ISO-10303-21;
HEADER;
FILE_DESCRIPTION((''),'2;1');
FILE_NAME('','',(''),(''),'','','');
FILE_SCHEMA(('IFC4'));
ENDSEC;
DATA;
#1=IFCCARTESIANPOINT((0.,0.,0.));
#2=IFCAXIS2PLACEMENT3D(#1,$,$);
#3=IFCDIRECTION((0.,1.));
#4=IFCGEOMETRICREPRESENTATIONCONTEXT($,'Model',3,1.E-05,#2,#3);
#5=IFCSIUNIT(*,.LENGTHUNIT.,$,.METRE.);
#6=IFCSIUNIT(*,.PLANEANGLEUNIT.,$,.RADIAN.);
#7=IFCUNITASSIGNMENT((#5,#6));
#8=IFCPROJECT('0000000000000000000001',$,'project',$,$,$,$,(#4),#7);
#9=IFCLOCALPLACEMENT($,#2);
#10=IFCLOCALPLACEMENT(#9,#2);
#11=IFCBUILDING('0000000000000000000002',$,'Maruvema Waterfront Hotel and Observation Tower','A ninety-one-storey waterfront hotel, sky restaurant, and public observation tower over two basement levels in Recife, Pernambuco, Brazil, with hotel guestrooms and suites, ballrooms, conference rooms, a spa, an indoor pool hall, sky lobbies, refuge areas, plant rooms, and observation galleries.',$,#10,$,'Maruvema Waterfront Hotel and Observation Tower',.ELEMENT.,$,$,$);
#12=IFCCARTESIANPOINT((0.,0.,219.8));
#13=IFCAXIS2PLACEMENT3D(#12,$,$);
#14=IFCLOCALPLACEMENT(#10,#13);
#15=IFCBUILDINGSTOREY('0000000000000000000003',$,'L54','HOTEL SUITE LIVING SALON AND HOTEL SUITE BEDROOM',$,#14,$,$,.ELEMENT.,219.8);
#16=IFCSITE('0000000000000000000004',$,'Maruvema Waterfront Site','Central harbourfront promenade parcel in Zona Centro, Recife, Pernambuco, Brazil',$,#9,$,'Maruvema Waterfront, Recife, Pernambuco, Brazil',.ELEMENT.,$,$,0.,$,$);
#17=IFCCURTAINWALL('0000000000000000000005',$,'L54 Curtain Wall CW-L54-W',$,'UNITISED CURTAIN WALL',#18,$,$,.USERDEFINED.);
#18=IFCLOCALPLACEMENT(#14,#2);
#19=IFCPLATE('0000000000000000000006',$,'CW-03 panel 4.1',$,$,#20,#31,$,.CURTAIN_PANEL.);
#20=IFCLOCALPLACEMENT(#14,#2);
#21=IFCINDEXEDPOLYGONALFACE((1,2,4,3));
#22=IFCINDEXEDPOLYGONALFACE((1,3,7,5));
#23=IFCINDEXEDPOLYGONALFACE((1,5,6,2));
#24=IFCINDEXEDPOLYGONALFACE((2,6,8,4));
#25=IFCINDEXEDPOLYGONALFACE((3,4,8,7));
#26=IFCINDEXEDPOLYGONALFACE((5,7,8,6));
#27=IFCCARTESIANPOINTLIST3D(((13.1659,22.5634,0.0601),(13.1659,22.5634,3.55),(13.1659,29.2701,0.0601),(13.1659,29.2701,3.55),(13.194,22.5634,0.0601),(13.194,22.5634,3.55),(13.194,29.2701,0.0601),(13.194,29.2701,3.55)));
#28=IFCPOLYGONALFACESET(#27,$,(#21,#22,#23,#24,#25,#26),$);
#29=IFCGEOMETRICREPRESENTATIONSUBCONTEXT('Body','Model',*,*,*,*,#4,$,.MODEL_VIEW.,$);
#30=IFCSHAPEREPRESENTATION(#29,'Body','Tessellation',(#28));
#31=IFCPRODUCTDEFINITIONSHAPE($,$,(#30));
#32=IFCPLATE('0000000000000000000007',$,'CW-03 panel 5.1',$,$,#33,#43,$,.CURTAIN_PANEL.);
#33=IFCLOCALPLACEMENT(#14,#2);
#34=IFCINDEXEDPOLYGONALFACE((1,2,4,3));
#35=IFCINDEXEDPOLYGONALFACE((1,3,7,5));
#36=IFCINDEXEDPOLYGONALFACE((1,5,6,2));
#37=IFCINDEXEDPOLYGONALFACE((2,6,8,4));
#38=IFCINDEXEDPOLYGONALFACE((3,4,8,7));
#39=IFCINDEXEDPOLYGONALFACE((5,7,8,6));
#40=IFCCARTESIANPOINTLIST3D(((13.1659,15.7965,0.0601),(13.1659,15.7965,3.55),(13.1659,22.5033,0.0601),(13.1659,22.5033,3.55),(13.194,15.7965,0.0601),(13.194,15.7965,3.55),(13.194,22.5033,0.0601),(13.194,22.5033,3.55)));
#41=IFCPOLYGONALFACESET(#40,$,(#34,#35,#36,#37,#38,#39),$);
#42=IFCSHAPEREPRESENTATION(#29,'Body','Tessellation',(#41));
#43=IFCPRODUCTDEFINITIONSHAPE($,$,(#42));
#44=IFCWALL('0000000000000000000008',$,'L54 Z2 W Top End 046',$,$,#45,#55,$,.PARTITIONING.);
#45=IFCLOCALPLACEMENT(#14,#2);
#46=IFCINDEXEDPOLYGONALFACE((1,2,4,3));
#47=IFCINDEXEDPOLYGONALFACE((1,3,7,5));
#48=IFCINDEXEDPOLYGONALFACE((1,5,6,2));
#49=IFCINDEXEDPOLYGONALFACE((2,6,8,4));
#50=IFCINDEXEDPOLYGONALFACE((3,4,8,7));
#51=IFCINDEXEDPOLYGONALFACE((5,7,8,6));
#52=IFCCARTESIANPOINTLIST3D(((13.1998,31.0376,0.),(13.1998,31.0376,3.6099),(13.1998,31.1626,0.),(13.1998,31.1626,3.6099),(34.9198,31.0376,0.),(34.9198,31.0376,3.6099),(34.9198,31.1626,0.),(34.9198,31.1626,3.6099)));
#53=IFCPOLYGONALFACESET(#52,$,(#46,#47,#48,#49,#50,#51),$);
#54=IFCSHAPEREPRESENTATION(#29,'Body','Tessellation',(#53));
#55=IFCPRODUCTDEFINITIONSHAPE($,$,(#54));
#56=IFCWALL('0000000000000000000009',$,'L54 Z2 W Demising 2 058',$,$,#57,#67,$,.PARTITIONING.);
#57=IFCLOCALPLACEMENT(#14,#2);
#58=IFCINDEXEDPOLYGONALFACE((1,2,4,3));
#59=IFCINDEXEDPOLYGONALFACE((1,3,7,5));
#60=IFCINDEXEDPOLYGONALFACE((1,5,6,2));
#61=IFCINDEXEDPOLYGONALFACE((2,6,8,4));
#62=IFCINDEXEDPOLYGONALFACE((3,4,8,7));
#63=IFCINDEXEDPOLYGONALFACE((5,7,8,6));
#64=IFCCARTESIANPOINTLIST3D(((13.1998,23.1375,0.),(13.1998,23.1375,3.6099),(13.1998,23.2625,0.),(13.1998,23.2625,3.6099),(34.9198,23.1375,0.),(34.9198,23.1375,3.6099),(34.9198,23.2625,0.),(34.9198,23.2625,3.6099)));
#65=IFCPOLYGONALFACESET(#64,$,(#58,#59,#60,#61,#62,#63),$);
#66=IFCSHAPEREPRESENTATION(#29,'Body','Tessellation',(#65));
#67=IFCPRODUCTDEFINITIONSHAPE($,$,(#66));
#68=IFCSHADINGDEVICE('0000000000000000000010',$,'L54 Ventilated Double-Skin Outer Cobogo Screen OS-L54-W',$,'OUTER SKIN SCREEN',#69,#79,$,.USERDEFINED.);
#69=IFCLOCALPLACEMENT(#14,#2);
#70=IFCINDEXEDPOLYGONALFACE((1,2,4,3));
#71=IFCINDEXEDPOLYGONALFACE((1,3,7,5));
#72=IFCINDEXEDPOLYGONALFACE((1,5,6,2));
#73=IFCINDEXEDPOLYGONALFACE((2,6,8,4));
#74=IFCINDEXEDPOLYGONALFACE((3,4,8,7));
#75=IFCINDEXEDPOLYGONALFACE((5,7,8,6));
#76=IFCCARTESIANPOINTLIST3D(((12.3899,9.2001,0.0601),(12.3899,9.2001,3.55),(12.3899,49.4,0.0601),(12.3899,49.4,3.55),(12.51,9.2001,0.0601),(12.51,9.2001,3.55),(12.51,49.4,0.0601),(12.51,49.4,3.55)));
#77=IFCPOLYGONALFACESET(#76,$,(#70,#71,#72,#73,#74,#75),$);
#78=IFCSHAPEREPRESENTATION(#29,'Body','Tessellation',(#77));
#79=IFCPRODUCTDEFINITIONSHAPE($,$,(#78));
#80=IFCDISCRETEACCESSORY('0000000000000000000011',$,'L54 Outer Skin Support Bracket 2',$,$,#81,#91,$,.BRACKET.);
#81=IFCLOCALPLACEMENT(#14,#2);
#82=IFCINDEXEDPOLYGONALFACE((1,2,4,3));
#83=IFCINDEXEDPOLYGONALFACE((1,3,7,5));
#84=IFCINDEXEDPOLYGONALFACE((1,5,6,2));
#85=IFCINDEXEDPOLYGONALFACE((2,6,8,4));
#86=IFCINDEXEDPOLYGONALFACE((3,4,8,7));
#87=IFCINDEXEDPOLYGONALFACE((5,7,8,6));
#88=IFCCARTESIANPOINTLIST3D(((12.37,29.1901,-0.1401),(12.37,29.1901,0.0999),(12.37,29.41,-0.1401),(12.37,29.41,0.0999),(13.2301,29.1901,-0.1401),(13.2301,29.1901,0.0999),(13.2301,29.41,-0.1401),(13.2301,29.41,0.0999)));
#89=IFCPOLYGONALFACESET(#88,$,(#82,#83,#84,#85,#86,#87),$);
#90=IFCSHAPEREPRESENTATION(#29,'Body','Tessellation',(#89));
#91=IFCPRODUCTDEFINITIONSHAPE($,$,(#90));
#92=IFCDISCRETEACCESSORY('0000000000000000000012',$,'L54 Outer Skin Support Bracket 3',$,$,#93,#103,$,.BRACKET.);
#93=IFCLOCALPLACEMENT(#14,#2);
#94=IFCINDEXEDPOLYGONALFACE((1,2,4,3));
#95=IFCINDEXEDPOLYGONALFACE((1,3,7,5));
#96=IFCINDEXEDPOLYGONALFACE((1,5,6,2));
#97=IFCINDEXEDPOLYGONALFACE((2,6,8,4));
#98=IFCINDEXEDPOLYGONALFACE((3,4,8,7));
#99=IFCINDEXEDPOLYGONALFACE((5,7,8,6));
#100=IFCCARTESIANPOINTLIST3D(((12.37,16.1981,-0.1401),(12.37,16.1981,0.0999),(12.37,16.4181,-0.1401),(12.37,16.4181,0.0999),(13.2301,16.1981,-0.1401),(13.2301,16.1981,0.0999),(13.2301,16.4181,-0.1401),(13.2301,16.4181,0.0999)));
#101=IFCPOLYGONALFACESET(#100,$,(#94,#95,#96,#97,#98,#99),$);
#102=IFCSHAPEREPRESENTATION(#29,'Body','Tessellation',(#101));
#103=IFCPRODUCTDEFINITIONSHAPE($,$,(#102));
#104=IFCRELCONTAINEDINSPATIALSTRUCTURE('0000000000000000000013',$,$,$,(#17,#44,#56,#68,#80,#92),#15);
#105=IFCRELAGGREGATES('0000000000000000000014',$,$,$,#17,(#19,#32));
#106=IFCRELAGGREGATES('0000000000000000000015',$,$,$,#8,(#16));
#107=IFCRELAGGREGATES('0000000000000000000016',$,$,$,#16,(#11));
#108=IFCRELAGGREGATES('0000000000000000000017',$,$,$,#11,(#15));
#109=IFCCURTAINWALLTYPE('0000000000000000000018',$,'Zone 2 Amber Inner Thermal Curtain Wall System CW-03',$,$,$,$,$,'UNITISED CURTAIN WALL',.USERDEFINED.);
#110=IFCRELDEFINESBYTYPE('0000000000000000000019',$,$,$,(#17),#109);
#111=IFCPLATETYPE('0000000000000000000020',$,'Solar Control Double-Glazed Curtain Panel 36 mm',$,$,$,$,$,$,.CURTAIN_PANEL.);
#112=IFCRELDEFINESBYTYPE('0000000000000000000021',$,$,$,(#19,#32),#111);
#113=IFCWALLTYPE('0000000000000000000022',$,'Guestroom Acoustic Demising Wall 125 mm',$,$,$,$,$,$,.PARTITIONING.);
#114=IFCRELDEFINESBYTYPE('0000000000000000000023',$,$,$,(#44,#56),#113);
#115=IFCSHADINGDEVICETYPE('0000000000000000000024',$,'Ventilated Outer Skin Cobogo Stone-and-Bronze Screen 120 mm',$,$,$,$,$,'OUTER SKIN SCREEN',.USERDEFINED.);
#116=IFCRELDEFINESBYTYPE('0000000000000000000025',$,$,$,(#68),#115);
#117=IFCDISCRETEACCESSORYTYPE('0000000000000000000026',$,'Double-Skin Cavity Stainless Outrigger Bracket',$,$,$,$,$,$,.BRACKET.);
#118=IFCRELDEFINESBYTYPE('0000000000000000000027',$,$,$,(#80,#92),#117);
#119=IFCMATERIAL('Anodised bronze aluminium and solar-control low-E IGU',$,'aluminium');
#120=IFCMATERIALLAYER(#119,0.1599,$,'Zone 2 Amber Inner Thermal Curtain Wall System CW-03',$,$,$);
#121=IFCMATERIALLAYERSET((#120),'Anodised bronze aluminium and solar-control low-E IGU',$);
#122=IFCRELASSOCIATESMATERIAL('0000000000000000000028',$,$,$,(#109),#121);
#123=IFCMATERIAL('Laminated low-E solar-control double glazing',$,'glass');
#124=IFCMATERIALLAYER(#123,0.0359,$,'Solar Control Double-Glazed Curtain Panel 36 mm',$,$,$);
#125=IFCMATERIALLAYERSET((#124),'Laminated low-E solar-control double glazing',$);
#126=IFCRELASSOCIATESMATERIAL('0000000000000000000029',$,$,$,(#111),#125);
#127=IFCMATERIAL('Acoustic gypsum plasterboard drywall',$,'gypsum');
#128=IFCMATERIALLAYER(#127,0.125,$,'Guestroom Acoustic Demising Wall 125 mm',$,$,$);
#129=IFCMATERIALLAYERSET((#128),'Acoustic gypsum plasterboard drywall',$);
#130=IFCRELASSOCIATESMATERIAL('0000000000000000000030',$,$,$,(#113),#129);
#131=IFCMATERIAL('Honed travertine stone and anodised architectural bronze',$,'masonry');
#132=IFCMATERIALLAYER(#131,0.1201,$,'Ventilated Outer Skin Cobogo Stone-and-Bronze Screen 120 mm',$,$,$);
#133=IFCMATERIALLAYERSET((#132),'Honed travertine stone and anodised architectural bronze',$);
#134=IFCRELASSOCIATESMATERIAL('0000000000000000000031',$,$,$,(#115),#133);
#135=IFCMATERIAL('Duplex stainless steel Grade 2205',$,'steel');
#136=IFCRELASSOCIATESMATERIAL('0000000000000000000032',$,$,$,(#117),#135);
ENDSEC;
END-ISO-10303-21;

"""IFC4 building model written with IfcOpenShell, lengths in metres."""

from ifc_helpers import new_model, si_unit, direction, frame, frame_2d, origin, origin_2d, place, context, subcontext, project, spatial, rectangle, extrude, material, layer, layer_set, type_object, element, aggregate, save


model = new_model("IFC4")

# Units and contexts
model_context = context("Model", 3, precision=1e-05, world=origin(), true_north=direction((0.0, 1.0)))
body_context = subcontext(model_context, "Body", "Model", "MODEL_VIEW")
ifc_project = project(units=[si_unit("LENGTHUNIT", "METRE"), si_unit("PLANEANGLEUNIT", "RADIAN")], contexts=[model_context])

# Site, building, storey
site_placement = place(None, origin())
site = spatial("IfcSite", under=ifc_project, at=site_placement, Name="Maruvema Waterfront Site", Description="Central harbourfront promenade parcel in Zona Centro, Recife, Pernambuco, Brazil", LongName="Maruvema Waterfront, Recife, Pernambuco, Brazil", CompositionType="ELEMENT", RefElevation=0.0)
building_placement = place(site_placement, origin())
building = spatial("IfcBuilding", under=site, at=building_placement, Name="Maruvema Waterfront Hotel and Observation Tower", Description="A ninety-one-storey waterfront hotel, sky restaurant, and public observation tower over two basement levels in Recife, Pernambuco, Brazil, with hotel guestrooms and suites, ballrooms, conference rooms, a spa, an indoor pool hall, sky lobbies, refuge areas, plant rooms, and observation galleries.", LongName="Maruvema Waterfront Hotel and Observation Tower", CompositionType="ELEMENT")
storey_placement = place(building_placement, frame((0.0, 0.0, 219.8)))
storey = spatial("IfcBuildingStorey", under=building, at=storey_placement, Name="L54", Description="HOTEL SUITE LIVING SALON AND HOTEL SUITE BEDROOM", CompositionType="ELEMENT", Elevation=219.8)

# Curtain wall
ifc_material_1 = material(Name="Anodised bronze aluminium and solar-control low-E IGU", Category="aluminium")
ifc_layer_1 = layer(ifc_material_1, 0.1599, Name="Zone 2 Amber Inner Thermal Curtain Wall System CW-03")
ifc_layer_set_1 = layer_set([ifc_layer_1], Name="Anodised bronze aluminium and solar-control low-E IGU")
curtain_wall_type = type_object("IfcCurtainWallType", Name="Zone 2 Amber Inner Thermal Curtain Wall System CW-03", ElementType="UNITISED CURTAIN WALL", PredefinedType="USERDEFINED", material=ifc_layer_set_1)
curtain_wall_placement = place(storey_placement, origin())
curtain_wall = element("IfcCurtainWall", 1, at=curtain_wall_placement, inside=storey, type_object=curtain_wall_type, Name="L54 Curtain Wall CW-L54-W", ObjectType="UNITISED CURTAIN WALL", PredefinedType="USERDEFINED")

# Plates
ifc_material_2 = material(Name="Laminated low-E solar-control double glazing", Category="glass")
ifc_layer_2 = layer(ifc_material_2, 0.0359, Name="Solar Control Double-Glazed Curtain Panel 36 mm")
ifc_layer_set_2 = layer_set([ifc_layer_2], Name="Laminated low-E solar-control double glazing")
plate_type = type_object("IfcPlateType", Name="Solar Control Double-Glazed Curtain Panel 36 mm", PredefinedType="CURTAIN_PANEL", material=ifc_layer_set_2)
plate_1_placement = place(storey_placement, frame((13.1799, 25.9167, 0.0601), z_axis=(0.0, 0.0, 1.0), x_axis=(0.0, -1.0, 0.0)))
plate_1 = element("IfcPlate", 2, at=plate_1_placement, type_object=plate_type, Name="CW-03 panel 4.1", PredefinedType="CURTAIN_PANEL", context=body_context, shape_type="SweptSolid", body=[
    extrude(rectangle(XDim=6.7068, YDim=0.0281, at=origin_2d()), origin(), (0.0, 0.0, 1.0), 3.49),
])
plate_2_placement = place(storey_placement, frame((13.1799, 19.1499, 0.0601), z_axis=(0.0, 0.0, 1.0), x_axis=(0.0, -1.0, 0.0)))
plate_2 = element("IfcPlate", 3, at=plate_2_placement, type_object=plate_type, Name="CW-03 panel 5.1", PredefinedType="CURTAIN_PANEL", context=body_context, shape_type="SweptSolid", body=[
    extrude(rectangle(XDim=6.7068, YDim=0.0281, at=origin_2d()), origin(), (0.0, 0.0, 1.0), 3.49),
])
aggregate(curtain_wall, [plate_1, plate_2])

# Walls
ifc_material_3 = material(Name="Acoustic gypsum plasterboard drywall", Category="gypsum")
ifc_layer_3 = layer(ifc_material_3, 0.125, Name="Guestroom Acoustic Demising Wall 125 mm")
ifc_layer_set_3 = layer_set([ifc_layer_3], Name="Acoustic gypsum plasterboard drywall")
wall_type = type_object("IfcWallType", Name="Guestroom Acoustic Demising Wall 125 mm", PredefinedType="PARTITIONING", material=ifc_layer_set_3)
for number, where, z_axis, x_axis, name in (
    (4, (13.2, 31.1001, 0.0), (0.0, 0.0, 1.0), (1.0, 0.0, 0.0), "L54 Z2 W Top End 046"),
    (5, (13.2, 23.2, 0.0), (0.0, 0.0, 1.0), (1.0, 0.0, 0.0), "L54 Z2 W Demising 2 058"),
):
    element("IfcWall", number, at=place(storey_placement, frame(where, z_axis=z_axis, x_axis=x_axis)), inside=storey, type_object=wall_type, Name=name, PredefinedType="PARTITIONING", context=body_context, shape_type="SweptSolid", body=[
        extrude(rectangle(XDim=21.72, YDim=0.125, at=frame_2d((10.8599, 0.0))), origin(), (0.0, 0.0, 1.0), 3.6099),
    ])

# Shading device
ifc_material_4 = material(Name="Honed travertine stone and anodised architectural bronze", Category="masonry")
ifc_layer_4 = layer(ifc_material_4, 0.1201, Name="Ventilated Outer Skin Cobogo Stone-and-Bronze Screen 120 mm")
ifc_layer_set_4 = layer_set([ifc_layer_4], Name="Honed travertine stone and anodised architectural bronze")
shading_device_type = type_object("IfcShadingDeviceType", Name="Ventilated Outer Skin Cobogo Stone-and-Bronze Screen 120 mm", ElementType="OUTER SKIN SCREEN", PredefinedType="USERDEFINED", material=ifc_layer_set_4)
shading_device_placement = place(storey_placement, frame((12.45, 29.3, 0.0601), z_axis=(0.0, 0.0, 1.0), x_axis=(0.0, -1.0, 0.0)))
element("IfcShadingDevice", 6, at=shading_device_placement, inside=storey, type_object=shading_device_type, Name="L54 Ventilated Double-Skin Outer Cobogo Screen OS-L54-W", ObjectType="OUTER SKIN SCREEN", PredefinedType="USERDEFINED", context=body_context, shape_type="SweptSolid", body=[
    extrude(rectangle(XDim=40.2, YDim=0.1201, at=origin_2d()), origin(), (0.0, 0.0, 1.0), 3.49),
])

# Discrete accessories
ifc_material_5 = material(Name="Duplex stainless steel Grade 2205", Category="steel")
discrete_accessory_type = type_object("IfcDiscreteAccessoryType", Name="Double-Skin Cavity Stainless Outrigger Bracket", PredefinedType="BRACKET", material=ifc_material_5)
for number, where, z_axis, x_axis, name in (
    (7, (12.8, 29.3, -0.1401), (0.0, 0.0, 1.0), (0.0, -1.0, 0.0), "L54 Outer Skin Support Bracket 2"),
    (8, (12.8, 16.3081, -0.1401), (0.0, 0.0, 1.0), (0.0, -1.0, 0.0), "L54 Outer Skin Support Bracket 3"),
):
    element("IfcDiscreteAccessory", number, at=place(storey_placement, frame(where, z_axis=z_axis, x_axis=x_axis)), inside=storey, type_object=discrete_accessory_type, Name=name, PredefinedType="BRACKET", context=body_context, shape_type="SweptSolid", body=[
        extrude(rectangle(XDim=0.22, YDim=0.8601, at=origin_2d()), origin(), (0.0, 0.0, 1.0), 0.24),
    ])

save(model, "model.ifc")
